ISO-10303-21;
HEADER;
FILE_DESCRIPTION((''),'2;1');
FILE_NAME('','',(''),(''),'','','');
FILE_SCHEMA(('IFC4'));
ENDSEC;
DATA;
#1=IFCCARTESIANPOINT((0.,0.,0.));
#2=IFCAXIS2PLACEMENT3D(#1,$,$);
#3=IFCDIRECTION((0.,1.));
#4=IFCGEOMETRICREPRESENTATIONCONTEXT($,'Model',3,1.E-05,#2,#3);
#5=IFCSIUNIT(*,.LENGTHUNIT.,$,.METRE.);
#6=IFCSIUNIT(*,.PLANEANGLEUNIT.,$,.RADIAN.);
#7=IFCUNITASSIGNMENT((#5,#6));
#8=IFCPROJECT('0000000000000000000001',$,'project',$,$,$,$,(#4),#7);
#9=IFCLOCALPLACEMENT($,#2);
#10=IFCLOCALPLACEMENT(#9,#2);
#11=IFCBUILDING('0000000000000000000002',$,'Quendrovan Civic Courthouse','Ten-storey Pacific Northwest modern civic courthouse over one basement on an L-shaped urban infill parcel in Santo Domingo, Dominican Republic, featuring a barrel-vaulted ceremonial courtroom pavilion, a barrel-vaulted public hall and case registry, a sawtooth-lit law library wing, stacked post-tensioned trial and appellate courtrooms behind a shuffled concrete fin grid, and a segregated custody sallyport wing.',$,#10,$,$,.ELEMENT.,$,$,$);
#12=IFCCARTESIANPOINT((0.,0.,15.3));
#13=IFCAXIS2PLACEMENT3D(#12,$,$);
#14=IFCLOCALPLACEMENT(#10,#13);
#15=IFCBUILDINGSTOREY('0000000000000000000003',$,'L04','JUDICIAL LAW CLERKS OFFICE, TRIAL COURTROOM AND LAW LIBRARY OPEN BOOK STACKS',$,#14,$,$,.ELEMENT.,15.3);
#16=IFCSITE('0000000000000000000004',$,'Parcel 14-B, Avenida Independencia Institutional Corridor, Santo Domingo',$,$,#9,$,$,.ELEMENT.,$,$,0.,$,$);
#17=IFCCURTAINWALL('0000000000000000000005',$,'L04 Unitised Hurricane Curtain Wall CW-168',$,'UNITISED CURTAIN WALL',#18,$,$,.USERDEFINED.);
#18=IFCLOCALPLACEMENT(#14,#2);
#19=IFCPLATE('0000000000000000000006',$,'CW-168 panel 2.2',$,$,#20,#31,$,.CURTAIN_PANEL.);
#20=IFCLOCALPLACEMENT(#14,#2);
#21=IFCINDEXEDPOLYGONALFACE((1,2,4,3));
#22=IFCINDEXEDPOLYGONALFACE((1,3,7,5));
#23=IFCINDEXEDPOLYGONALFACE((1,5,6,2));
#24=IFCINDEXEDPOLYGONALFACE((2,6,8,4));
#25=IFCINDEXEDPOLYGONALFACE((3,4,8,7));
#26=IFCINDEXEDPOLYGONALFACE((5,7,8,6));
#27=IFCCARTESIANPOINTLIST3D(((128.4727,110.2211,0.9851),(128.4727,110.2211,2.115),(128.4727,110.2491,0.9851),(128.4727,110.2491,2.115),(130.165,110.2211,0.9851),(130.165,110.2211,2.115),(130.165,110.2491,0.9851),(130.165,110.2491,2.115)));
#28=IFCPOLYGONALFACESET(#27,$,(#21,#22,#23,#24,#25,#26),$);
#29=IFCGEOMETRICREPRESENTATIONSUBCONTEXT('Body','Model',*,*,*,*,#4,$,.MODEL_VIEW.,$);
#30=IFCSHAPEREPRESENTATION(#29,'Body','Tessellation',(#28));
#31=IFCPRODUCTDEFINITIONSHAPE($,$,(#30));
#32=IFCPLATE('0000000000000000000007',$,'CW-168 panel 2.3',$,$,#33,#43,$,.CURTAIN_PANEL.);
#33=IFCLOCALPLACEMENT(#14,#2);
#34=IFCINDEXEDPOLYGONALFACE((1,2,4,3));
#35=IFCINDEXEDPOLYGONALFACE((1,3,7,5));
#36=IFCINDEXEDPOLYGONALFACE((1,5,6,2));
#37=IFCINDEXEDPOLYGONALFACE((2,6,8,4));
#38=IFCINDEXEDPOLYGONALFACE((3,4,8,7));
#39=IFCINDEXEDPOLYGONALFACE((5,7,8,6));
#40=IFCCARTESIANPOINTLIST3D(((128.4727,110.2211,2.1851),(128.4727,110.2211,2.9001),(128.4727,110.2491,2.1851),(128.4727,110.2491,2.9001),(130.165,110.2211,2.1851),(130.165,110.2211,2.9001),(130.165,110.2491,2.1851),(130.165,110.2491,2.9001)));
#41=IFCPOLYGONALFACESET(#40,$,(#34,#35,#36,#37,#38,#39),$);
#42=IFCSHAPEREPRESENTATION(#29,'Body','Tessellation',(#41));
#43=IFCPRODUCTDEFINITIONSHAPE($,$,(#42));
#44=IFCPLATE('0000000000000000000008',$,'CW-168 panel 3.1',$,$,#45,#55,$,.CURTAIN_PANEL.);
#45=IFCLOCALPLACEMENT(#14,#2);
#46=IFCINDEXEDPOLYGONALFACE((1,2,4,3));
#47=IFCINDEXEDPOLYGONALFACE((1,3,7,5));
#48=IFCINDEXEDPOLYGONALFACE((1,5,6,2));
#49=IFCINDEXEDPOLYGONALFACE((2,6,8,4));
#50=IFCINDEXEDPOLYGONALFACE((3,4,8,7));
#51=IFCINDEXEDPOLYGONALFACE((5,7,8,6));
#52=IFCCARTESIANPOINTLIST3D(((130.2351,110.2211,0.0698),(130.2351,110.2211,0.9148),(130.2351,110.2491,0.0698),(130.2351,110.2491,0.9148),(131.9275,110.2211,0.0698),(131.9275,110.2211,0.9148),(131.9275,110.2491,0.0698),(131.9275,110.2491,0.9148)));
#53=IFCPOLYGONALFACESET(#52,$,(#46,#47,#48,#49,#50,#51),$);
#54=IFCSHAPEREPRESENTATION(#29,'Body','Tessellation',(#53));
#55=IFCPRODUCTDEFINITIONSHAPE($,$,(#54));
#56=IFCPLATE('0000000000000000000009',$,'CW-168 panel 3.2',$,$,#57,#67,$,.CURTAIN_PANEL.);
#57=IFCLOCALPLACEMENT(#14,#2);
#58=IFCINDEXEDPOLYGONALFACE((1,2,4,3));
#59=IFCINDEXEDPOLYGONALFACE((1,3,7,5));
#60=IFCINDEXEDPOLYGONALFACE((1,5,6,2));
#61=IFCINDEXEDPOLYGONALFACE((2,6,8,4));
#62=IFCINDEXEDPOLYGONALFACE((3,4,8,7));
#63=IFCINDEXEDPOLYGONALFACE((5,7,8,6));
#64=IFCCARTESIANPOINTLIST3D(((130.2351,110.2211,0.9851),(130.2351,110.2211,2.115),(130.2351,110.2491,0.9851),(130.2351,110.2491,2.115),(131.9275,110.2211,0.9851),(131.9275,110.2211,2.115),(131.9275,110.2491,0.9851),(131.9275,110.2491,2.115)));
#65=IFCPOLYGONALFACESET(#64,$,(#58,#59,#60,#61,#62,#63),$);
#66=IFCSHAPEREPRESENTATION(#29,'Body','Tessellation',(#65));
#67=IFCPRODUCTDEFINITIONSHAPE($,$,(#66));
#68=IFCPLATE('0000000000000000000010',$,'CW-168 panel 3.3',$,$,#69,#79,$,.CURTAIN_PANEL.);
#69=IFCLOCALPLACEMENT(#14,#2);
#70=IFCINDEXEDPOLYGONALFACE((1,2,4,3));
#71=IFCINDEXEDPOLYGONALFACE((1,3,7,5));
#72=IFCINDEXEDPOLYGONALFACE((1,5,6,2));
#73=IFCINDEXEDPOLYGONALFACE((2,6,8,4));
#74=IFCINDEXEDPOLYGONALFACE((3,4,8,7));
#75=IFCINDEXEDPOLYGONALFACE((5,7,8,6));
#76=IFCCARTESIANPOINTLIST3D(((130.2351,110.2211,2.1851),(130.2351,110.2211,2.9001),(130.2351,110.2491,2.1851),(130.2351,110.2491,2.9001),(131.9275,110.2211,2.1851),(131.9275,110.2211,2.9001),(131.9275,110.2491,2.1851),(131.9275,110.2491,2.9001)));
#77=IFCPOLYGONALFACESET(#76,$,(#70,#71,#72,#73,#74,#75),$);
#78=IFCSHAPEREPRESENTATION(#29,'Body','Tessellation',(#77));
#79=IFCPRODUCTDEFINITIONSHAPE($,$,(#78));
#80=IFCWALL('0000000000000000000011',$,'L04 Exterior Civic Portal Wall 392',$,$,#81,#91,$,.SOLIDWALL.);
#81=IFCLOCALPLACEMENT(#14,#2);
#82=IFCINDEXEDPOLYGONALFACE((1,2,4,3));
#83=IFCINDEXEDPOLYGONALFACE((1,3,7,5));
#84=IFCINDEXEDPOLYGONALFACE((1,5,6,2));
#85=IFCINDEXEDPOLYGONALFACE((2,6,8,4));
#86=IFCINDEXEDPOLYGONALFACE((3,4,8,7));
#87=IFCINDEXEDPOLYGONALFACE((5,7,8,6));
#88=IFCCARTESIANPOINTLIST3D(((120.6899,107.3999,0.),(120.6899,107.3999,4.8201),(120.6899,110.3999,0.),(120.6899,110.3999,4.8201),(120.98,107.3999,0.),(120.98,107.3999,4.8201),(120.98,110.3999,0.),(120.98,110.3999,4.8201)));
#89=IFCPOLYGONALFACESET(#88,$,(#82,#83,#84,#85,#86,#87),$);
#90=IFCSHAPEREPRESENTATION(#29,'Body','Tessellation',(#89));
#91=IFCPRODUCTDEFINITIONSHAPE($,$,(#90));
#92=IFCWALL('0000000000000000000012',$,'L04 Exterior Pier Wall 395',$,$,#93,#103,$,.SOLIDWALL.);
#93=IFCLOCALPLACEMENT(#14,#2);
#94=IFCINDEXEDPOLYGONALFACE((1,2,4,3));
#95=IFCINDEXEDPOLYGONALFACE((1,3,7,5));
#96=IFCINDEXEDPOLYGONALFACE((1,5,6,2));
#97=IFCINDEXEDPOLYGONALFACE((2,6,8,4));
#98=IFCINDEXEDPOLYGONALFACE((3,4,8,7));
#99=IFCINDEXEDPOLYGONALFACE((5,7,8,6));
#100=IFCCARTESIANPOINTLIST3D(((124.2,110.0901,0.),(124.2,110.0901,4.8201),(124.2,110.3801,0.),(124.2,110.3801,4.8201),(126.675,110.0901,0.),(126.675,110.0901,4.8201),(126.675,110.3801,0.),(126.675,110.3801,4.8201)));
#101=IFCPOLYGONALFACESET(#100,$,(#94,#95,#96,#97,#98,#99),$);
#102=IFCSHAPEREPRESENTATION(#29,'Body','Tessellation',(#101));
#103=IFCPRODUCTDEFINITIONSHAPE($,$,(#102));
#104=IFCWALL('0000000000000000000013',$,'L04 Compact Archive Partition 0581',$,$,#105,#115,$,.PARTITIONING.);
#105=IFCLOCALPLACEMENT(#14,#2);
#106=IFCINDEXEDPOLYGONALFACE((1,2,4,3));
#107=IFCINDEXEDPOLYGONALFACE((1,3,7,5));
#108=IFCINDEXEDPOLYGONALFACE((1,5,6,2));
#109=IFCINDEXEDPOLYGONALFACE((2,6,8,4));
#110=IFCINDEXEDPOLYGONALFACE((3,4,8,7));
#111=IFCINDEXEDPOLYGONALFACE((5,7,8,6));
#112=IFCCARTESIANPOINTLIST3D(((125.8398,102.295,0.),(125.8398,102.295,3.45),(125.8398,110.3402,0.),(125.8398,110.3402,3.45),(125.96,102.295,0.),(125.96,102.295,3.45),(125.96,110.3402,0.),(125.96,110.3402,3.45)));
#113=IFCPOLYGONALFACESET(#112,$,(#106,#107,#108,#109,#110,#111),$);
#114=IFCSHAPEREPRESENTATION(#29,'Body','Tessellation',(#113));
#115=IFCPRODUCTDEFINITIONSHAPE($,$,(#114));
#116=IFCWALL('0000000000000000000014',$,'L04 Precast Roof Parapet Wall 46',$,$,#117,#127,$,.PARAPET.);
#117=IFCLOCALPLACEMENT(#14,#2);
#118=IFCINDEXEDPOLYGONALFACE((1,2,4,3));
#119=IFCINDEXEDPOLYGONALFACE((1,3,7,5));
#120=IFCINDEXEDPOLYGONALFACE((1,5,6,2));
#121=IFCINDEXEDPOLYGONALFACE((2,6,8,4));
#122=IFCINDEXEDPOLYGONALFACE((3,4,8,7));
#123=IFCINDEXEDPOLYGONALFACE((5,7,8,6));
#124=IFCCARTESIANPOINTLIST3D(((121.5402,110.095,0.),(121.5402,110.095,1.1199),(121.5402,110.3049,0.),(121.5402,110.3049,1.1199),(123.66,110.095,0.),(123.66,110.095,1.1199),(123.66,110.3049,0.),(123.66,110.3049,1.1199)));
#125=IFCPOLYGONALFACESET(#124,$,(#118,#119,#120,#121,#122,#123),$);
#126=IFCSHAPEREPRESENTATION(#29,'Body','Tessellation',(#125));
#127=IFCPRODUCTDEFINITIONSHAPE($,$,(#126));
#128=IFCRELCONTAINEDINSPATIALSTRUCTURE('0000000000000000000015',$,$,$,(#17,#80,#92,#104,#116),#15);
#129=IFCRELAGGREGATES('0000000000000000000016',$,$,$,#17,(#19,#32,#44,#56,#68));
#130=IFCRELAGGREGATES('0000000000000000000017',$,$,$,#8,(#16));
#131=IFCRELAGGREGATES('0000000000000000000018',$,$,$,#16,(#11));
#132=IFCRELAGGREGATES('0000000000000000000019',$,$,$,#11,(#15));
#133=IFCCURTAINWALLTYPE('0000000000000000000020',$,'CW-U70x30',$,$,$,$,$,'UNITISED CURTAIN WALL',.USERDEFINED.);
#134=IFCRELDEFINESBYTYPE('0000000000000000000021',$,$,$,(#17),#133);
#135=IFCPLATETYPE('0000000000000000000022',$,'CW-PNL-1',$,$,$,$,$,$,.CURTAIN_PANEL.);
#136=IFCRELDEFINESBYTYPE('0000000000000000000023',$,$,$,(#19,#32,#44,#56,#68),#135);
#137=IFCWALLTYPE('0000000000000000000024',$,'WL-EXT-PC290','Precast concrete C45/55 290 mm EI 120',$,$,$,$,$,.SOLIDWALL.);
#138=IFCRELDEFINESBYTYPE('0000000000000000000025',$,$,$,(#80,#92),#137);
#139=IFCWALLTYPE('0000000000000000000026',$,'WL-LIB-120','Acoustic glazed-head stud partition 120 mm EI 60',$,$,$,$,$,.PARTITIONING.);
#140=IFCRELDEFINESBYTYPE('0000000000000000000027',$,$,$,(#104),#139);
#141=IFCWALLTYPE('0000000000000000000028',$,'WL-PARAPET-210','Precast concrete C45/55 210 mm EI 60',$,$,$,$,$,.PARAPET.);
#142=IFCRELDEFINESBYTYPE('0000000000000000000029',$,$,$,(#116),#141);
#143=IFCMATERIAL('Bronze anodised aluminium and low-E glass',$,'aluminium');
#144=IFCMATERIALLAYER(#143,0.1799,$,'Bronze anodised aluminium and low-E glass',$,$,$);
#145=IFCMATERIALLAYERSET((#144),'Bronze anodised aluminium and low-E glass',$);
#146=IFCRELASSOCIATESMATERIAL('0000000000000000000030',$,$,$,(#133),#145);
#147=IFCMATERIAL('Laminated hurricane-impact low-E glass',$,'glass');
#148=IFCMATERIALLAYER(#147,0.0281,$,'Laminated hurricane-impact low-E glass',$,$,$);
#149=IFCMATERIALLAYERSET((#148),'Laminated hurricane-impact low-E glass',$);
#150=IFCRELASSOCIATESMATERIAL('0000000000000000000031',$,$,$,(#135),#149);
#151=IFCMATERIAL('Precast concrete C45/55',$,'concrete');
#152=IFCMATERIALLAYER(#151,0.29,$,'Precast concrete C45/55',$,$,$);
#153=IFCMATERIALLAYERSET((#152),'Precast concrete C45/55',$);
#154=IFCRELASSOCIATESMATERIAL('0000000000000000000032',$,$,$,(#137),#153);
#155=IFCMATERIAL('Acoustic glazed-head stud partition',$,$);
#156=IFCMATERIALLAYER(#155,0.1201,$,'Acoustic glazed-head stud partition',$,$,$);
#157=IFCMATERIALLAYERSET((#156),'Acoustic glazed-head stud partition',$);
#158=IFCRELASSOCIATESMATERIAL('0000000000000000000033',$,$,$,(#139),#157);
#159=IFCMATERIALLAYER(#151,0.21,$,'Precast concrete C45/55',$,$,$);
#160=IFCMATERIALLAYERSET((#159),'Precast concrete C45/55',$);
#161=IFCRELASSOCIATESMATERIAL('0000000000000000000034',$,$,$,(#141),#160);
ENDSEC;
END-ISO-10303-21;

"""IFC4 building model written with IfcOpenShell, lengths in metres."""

from ifc_helpers import new_model, si_unit, direction, frame, frame_2d, origin, origin_2d, place, context, subcontext, project, spatial, rectangle, extrude, material, layer, layer_set, type_object, element, aggregate, save


model = new_model("IFC4")

# Units and contexts
model_context = context("Model", 3, precision=1e-05, world=origin(), true_north=direction((0.0, 1.0)))
body_context = subcontext(model_context, "Body", "Model", "MODEL_VIEW")
ifc_project = project(units=[si_unit("LENGTHUNIT", "METRE"), si_unit("PLANEANGLEUNIT", "RADIAN")], contexts=[model_context])

# Site, building, storey
site_placement = place(None, origin())
site = spatial("IfcSite", under=ifc_project, at=site_placement, Name="Parcel 14-B, Avenida Independencia Institutional Corridor, Santo Domingo", CompositionType="ELEMENT", RefElevation=0.0)
building_placement = place(site_placement, origin())
building = spatial("IfcBuilding", under=site, at=building_placement, Name="Quendrovan Civic Courthouse", Description="Ten-storey Pacific Northwest modern civic courthouse over one basement on an L-shaped urban infill parcel in Santo Domingo, Dominican Republic, featuring a barrel-vaulted ceremonial courtroom pavilion, a barrel-vaulted public hall and case registry, a sawtooth-lit law library wing, stacked post-tensioned trial and appellate courtrooms behind a shuffled concrete fin grid, and a segregated custody sallyport wing.", CompositionType="ELEMENT")
storey_placement = place(building_placement, frame((0.0, 0.0, 15.3)))
storey = spatial("IfcBuildingStorey", under=building, at=storey_placement, Name="L04", Description="JUDICIAL LAW CLERKS OFFICE, TRIAL COURTROOM AND LAW LIBRARY OPEN BOOK STACKS", CompositionType="ELEMENT", Elevation=15.3)

# Curtain wall, plates
ifc_material_1 = material(Name="Bronze anodised aluminium and low-E glass", Category="aluminium")
ifc_layer_1 = layer(ifc_material_1, 0.1799, Name="Bronze anodised aluminium and low-E glass")
ifc_layer_set_1 = layer_set([ifc_layer_1], Name="Bronze anodised aluminium and low-E glass")
curtain_wall_type = type_object("IfcCurtainWallType", Name="CW-U70x30", ElementType="UNITISED CURTAIN WALL", PredefinedType="USERDEFINED", material=ifc_layer_set_1)
curtain_wall_placement = place(storey_placement, origin())
curtain_wall = element("IfcCurtainWall", 1, at=curtain_wall_placement, inside=storey, type_object=curtain_wall_type, Name="L04 Unitised Hurricane Curtain Wall CW-168", ObjectType="UNITISED CURTAIN WALL", PredefinedType="USERDEFINED")
ifc_material_2 = material(Name="Laminated hurricane-impact low-E glass", Category="glass")
ifc_layer_2 = layer(ifc_material_2, 0.0281, Name="Laminated hurricane-impact low-E glass")
ifc_layer_set_2 = layer_set([ifc_layer_2], Name="Laminated hurricane-impact low-E glass")
plate_type = type_object("IfcPlateType", Name="CW-PNL-1", PredefinedType="CURTAIN_PANEL", material=ifc_layer_set_2)
plate_1_placement = place(storey_placement, frame((129.3188, 110.2351, 0.9851), z_axis=(0.0, 0.0, 1.0), x_axis=(1.0, 0.0, 0.0)))
plate_1 = element("IfcPlate", 2, at=plate_1_placement, type_object=plate_type, Name="CW-168 panel 2.2", PredefinedType="CURTAIN_PANEL", context=body_context, shape_type="SweptSolid", body=[
    extrude(rectangle(XDim=1.6924, YDim=0.0281, at=origin_2d()), origin(), (0.0, 0.0, 1.0), 1.1299),
])
plate_2_placement = place(storey_placement, frame((129.3188, 110.2351, 2.1851), z_axis=(0.0, 0.0, 1.0), x_axis=(1.0, 0.0, 0.0)))
plate_2 = element("IfcPlate", 3, at=plate_2_placement, type_object=plate_type, Name="CW-168 panel 2.3", PredefinedType="CURTAIN_PANEL", context=body_context, shape_type="SweptSolid", body=[
    extrude(rectangle(XDim=1.6924, YDim=0.0281, at=origin_2d()), origin(), (0.0, 0.0, 1.0), 0.7151),
])
plate_3_placement = place(storey_placement, frame((131.0813, 110.2351, 0.0698), z_axis=(0.0, 0.0, 1.0), x_axis=(1.0, 0.0, 0.0)))
plate_3 = element("IfcPlate", 4, at=plate_3_placement, type_object=plate_type, Name="CW-168 panel 3.1", PredefinedType="CURTAIN_PANEL", context=body_context, shape_type="SweptSolid", body=[
    extrude(rectangle(XDim=1.6924, YDim=0.0281, at=origin_2d()), origin(), (0.0, 0.0, 1.0), 0.845),
])
plate_4_placement = place(storey_placement, frame((131.0813, 110.2351, 0.9851), z_axis=(0.0, 0.0, 1.0), x_axis=(1.0, 0.0, 0.0)))
plate_4 = element("IfcPlate", 5, at=plate_4_placement, type_object=plate_type, Name="CW-168 panel 3.2", PredefinedType="CURTAIN_PANEL", context=body_context, shape_type="SweptSolid", body=[
    extrude(rectangle(XDim=1.6924, YDim=0.0281, at=origin_2d()), origin(), (0.0, 0.0, 1.0), 1.1299),
])
plate_5_placement = place(storey_placement, frame((131.0813, 110.2351, 2.1851), z_axis=(0.0, 0.0, 1.0), x_axis=(1.0, 0.0, 0.0)))
plate_5 = element("IfcPlate", 6, at=plate_5_placement, type_object=plate_type, Name="CW-168 panel 3.3", PredefinedType="CURTAIN_PANEL", context=body_context, shape_type="SweptSolid", body=[
    extrude(rectangle(XDim=1.6924, YDim=0.0281, at=origin_2d()), origin(), (0.0, 0.0, 1.0), 0.7151),
])
aggregate(curtain_wall, [plate_1, plate_2, plate_3, plate_4, plate_5])

# Walls
ifc_material_3 = material(Name="Precast concrete C45/55", Category="concrete")
ifc_layer_3 = layer(ifc_material_3, 0.29, Name="Precast concrete C45/55")
ifc_layer_set_3 = layer_set([ifc_layer_3], Name="Precast concrete C45/55")
wall_type_1 = type_object("IfcWallType", Name="WL-EXT-PC290", Description="Precast concrete C45/55 290 mm EI 120", PredefinedType="SOLIDWALL", material=ifc_layer_set_3)
wall_1_placement = place(storey_placement, frame((120.835, 110.3999, 0.0), z_axis=(0.0, 0.0, 1.0), x_axis=(0.0, -1.0, 0.0)))
element("IfcWall", 7, at=wall_1_placement, inside=storey, type_object=wall_type_1, Name="L04 Exterior Civic Portal Wall 392", PredefinedType="SOLIDWALL", context=body_context, shape_type="SweptSolid", body=[
    extrude(rectangle(XDim=3.0, YDim=0.29, at=frame_2d((1.5, 0.0))), origin(), (0.0, 0.0, 1.0), 4.8201),
])
wall_2_placement = place(storey_placement, frame((124.2, 110.2351, 0.0), z_axis=(0.0, 0.0, 1.0), x_axis=(1.0, 0.0, 0.0)))
element("IfcWall", 8, at=wall_2_placement, inside=storey, type_object=wall_type_1, Name="L04 Exterior Pier Wall 395", PredefinedType="SOLIDWALL", context=body_context, shape_type="SweptSolid", body=[
    extrude(rectangle(XDim=2.4751, YDim=0.29, at=frame_2d((1.2375, 0.0))), origin(), (0.0, 0.0, 1.0), 4.8201),
])
ifc_material_4 = material(Name="Acoustic glazed-head stud partition")
ifc_layer_4 = layer(ifc_material_4, 0.1201, Name="Acoustic glazed-head stud partition")
ifc_layer_set_4 = layer_set([ifc_layer_4], Name="Acoustic glazed-head stud partition")
wall_type_2 = type_object("IfcWallType", Name="WL-LIB-120", Description="Acoustic glazed-head stud partition 120 mm EI 60", PredefinedType="PARTITIONING", material=ifc_layer_set_4)
wall_3_placement = place(storey_placement, frame((125.8999, 110.3401, 0.0), z_axis=(0.0, 0.0, 1.0), x_axis=(0.0, -1.0, 0.0)))
element("IfcWall", 9, at=wall_3_placement, inside=storey, type_object=wall_type_2, Name="L04 Compact Archive Partition 0581", PredefinedType="PARTITIONING", context=body_context, shape_type="SweptSolid", body=[
    extrude(rectangle(XDim=8.0452, YDim=0.1201, at=frame_2d((4.0225, 0.0))), origin(), (0.0, 0.0, 1.0), 3.45),
])
ifc_layer_5 = layer(ifc_material_3, 0.21, Name="Precast concrete C45/55")
ifc_layer_set_5 = layer_set([ifc_layer_5], Name="Precast concrete C45/55")
wall_type_3 = type_object("IfcWallType", Name="WL-PARAPET-210", Description="Precast concrete C45/55 210 mm EI 60", PredefinedType="PARAPET", material=ifc_layer_set_5)
wall_4_placement = place(storey_placement, frame((121.54, 110.2, 0.0), z_axis=(0.0, 0.0, 1.0), x_axis=(1.0, 0.0, 0.0)))
element("IfcWall", 10, at=wall_4_placement, inside=storey, type_object=wall_type_3, Name="L04 Precast Roof Parapet Wall 46", PredefinedType="PARAPET", context=body_context, shape_type="SweptSolid", body=[
    extrude(rectangle(XDim=2.1199, YDim=0.21, at=frame_2d((1.0601, 0.0))), origin(), (0.0, 0.0, 1.0), 1.1199),
])

save(model, "model.ifc")
